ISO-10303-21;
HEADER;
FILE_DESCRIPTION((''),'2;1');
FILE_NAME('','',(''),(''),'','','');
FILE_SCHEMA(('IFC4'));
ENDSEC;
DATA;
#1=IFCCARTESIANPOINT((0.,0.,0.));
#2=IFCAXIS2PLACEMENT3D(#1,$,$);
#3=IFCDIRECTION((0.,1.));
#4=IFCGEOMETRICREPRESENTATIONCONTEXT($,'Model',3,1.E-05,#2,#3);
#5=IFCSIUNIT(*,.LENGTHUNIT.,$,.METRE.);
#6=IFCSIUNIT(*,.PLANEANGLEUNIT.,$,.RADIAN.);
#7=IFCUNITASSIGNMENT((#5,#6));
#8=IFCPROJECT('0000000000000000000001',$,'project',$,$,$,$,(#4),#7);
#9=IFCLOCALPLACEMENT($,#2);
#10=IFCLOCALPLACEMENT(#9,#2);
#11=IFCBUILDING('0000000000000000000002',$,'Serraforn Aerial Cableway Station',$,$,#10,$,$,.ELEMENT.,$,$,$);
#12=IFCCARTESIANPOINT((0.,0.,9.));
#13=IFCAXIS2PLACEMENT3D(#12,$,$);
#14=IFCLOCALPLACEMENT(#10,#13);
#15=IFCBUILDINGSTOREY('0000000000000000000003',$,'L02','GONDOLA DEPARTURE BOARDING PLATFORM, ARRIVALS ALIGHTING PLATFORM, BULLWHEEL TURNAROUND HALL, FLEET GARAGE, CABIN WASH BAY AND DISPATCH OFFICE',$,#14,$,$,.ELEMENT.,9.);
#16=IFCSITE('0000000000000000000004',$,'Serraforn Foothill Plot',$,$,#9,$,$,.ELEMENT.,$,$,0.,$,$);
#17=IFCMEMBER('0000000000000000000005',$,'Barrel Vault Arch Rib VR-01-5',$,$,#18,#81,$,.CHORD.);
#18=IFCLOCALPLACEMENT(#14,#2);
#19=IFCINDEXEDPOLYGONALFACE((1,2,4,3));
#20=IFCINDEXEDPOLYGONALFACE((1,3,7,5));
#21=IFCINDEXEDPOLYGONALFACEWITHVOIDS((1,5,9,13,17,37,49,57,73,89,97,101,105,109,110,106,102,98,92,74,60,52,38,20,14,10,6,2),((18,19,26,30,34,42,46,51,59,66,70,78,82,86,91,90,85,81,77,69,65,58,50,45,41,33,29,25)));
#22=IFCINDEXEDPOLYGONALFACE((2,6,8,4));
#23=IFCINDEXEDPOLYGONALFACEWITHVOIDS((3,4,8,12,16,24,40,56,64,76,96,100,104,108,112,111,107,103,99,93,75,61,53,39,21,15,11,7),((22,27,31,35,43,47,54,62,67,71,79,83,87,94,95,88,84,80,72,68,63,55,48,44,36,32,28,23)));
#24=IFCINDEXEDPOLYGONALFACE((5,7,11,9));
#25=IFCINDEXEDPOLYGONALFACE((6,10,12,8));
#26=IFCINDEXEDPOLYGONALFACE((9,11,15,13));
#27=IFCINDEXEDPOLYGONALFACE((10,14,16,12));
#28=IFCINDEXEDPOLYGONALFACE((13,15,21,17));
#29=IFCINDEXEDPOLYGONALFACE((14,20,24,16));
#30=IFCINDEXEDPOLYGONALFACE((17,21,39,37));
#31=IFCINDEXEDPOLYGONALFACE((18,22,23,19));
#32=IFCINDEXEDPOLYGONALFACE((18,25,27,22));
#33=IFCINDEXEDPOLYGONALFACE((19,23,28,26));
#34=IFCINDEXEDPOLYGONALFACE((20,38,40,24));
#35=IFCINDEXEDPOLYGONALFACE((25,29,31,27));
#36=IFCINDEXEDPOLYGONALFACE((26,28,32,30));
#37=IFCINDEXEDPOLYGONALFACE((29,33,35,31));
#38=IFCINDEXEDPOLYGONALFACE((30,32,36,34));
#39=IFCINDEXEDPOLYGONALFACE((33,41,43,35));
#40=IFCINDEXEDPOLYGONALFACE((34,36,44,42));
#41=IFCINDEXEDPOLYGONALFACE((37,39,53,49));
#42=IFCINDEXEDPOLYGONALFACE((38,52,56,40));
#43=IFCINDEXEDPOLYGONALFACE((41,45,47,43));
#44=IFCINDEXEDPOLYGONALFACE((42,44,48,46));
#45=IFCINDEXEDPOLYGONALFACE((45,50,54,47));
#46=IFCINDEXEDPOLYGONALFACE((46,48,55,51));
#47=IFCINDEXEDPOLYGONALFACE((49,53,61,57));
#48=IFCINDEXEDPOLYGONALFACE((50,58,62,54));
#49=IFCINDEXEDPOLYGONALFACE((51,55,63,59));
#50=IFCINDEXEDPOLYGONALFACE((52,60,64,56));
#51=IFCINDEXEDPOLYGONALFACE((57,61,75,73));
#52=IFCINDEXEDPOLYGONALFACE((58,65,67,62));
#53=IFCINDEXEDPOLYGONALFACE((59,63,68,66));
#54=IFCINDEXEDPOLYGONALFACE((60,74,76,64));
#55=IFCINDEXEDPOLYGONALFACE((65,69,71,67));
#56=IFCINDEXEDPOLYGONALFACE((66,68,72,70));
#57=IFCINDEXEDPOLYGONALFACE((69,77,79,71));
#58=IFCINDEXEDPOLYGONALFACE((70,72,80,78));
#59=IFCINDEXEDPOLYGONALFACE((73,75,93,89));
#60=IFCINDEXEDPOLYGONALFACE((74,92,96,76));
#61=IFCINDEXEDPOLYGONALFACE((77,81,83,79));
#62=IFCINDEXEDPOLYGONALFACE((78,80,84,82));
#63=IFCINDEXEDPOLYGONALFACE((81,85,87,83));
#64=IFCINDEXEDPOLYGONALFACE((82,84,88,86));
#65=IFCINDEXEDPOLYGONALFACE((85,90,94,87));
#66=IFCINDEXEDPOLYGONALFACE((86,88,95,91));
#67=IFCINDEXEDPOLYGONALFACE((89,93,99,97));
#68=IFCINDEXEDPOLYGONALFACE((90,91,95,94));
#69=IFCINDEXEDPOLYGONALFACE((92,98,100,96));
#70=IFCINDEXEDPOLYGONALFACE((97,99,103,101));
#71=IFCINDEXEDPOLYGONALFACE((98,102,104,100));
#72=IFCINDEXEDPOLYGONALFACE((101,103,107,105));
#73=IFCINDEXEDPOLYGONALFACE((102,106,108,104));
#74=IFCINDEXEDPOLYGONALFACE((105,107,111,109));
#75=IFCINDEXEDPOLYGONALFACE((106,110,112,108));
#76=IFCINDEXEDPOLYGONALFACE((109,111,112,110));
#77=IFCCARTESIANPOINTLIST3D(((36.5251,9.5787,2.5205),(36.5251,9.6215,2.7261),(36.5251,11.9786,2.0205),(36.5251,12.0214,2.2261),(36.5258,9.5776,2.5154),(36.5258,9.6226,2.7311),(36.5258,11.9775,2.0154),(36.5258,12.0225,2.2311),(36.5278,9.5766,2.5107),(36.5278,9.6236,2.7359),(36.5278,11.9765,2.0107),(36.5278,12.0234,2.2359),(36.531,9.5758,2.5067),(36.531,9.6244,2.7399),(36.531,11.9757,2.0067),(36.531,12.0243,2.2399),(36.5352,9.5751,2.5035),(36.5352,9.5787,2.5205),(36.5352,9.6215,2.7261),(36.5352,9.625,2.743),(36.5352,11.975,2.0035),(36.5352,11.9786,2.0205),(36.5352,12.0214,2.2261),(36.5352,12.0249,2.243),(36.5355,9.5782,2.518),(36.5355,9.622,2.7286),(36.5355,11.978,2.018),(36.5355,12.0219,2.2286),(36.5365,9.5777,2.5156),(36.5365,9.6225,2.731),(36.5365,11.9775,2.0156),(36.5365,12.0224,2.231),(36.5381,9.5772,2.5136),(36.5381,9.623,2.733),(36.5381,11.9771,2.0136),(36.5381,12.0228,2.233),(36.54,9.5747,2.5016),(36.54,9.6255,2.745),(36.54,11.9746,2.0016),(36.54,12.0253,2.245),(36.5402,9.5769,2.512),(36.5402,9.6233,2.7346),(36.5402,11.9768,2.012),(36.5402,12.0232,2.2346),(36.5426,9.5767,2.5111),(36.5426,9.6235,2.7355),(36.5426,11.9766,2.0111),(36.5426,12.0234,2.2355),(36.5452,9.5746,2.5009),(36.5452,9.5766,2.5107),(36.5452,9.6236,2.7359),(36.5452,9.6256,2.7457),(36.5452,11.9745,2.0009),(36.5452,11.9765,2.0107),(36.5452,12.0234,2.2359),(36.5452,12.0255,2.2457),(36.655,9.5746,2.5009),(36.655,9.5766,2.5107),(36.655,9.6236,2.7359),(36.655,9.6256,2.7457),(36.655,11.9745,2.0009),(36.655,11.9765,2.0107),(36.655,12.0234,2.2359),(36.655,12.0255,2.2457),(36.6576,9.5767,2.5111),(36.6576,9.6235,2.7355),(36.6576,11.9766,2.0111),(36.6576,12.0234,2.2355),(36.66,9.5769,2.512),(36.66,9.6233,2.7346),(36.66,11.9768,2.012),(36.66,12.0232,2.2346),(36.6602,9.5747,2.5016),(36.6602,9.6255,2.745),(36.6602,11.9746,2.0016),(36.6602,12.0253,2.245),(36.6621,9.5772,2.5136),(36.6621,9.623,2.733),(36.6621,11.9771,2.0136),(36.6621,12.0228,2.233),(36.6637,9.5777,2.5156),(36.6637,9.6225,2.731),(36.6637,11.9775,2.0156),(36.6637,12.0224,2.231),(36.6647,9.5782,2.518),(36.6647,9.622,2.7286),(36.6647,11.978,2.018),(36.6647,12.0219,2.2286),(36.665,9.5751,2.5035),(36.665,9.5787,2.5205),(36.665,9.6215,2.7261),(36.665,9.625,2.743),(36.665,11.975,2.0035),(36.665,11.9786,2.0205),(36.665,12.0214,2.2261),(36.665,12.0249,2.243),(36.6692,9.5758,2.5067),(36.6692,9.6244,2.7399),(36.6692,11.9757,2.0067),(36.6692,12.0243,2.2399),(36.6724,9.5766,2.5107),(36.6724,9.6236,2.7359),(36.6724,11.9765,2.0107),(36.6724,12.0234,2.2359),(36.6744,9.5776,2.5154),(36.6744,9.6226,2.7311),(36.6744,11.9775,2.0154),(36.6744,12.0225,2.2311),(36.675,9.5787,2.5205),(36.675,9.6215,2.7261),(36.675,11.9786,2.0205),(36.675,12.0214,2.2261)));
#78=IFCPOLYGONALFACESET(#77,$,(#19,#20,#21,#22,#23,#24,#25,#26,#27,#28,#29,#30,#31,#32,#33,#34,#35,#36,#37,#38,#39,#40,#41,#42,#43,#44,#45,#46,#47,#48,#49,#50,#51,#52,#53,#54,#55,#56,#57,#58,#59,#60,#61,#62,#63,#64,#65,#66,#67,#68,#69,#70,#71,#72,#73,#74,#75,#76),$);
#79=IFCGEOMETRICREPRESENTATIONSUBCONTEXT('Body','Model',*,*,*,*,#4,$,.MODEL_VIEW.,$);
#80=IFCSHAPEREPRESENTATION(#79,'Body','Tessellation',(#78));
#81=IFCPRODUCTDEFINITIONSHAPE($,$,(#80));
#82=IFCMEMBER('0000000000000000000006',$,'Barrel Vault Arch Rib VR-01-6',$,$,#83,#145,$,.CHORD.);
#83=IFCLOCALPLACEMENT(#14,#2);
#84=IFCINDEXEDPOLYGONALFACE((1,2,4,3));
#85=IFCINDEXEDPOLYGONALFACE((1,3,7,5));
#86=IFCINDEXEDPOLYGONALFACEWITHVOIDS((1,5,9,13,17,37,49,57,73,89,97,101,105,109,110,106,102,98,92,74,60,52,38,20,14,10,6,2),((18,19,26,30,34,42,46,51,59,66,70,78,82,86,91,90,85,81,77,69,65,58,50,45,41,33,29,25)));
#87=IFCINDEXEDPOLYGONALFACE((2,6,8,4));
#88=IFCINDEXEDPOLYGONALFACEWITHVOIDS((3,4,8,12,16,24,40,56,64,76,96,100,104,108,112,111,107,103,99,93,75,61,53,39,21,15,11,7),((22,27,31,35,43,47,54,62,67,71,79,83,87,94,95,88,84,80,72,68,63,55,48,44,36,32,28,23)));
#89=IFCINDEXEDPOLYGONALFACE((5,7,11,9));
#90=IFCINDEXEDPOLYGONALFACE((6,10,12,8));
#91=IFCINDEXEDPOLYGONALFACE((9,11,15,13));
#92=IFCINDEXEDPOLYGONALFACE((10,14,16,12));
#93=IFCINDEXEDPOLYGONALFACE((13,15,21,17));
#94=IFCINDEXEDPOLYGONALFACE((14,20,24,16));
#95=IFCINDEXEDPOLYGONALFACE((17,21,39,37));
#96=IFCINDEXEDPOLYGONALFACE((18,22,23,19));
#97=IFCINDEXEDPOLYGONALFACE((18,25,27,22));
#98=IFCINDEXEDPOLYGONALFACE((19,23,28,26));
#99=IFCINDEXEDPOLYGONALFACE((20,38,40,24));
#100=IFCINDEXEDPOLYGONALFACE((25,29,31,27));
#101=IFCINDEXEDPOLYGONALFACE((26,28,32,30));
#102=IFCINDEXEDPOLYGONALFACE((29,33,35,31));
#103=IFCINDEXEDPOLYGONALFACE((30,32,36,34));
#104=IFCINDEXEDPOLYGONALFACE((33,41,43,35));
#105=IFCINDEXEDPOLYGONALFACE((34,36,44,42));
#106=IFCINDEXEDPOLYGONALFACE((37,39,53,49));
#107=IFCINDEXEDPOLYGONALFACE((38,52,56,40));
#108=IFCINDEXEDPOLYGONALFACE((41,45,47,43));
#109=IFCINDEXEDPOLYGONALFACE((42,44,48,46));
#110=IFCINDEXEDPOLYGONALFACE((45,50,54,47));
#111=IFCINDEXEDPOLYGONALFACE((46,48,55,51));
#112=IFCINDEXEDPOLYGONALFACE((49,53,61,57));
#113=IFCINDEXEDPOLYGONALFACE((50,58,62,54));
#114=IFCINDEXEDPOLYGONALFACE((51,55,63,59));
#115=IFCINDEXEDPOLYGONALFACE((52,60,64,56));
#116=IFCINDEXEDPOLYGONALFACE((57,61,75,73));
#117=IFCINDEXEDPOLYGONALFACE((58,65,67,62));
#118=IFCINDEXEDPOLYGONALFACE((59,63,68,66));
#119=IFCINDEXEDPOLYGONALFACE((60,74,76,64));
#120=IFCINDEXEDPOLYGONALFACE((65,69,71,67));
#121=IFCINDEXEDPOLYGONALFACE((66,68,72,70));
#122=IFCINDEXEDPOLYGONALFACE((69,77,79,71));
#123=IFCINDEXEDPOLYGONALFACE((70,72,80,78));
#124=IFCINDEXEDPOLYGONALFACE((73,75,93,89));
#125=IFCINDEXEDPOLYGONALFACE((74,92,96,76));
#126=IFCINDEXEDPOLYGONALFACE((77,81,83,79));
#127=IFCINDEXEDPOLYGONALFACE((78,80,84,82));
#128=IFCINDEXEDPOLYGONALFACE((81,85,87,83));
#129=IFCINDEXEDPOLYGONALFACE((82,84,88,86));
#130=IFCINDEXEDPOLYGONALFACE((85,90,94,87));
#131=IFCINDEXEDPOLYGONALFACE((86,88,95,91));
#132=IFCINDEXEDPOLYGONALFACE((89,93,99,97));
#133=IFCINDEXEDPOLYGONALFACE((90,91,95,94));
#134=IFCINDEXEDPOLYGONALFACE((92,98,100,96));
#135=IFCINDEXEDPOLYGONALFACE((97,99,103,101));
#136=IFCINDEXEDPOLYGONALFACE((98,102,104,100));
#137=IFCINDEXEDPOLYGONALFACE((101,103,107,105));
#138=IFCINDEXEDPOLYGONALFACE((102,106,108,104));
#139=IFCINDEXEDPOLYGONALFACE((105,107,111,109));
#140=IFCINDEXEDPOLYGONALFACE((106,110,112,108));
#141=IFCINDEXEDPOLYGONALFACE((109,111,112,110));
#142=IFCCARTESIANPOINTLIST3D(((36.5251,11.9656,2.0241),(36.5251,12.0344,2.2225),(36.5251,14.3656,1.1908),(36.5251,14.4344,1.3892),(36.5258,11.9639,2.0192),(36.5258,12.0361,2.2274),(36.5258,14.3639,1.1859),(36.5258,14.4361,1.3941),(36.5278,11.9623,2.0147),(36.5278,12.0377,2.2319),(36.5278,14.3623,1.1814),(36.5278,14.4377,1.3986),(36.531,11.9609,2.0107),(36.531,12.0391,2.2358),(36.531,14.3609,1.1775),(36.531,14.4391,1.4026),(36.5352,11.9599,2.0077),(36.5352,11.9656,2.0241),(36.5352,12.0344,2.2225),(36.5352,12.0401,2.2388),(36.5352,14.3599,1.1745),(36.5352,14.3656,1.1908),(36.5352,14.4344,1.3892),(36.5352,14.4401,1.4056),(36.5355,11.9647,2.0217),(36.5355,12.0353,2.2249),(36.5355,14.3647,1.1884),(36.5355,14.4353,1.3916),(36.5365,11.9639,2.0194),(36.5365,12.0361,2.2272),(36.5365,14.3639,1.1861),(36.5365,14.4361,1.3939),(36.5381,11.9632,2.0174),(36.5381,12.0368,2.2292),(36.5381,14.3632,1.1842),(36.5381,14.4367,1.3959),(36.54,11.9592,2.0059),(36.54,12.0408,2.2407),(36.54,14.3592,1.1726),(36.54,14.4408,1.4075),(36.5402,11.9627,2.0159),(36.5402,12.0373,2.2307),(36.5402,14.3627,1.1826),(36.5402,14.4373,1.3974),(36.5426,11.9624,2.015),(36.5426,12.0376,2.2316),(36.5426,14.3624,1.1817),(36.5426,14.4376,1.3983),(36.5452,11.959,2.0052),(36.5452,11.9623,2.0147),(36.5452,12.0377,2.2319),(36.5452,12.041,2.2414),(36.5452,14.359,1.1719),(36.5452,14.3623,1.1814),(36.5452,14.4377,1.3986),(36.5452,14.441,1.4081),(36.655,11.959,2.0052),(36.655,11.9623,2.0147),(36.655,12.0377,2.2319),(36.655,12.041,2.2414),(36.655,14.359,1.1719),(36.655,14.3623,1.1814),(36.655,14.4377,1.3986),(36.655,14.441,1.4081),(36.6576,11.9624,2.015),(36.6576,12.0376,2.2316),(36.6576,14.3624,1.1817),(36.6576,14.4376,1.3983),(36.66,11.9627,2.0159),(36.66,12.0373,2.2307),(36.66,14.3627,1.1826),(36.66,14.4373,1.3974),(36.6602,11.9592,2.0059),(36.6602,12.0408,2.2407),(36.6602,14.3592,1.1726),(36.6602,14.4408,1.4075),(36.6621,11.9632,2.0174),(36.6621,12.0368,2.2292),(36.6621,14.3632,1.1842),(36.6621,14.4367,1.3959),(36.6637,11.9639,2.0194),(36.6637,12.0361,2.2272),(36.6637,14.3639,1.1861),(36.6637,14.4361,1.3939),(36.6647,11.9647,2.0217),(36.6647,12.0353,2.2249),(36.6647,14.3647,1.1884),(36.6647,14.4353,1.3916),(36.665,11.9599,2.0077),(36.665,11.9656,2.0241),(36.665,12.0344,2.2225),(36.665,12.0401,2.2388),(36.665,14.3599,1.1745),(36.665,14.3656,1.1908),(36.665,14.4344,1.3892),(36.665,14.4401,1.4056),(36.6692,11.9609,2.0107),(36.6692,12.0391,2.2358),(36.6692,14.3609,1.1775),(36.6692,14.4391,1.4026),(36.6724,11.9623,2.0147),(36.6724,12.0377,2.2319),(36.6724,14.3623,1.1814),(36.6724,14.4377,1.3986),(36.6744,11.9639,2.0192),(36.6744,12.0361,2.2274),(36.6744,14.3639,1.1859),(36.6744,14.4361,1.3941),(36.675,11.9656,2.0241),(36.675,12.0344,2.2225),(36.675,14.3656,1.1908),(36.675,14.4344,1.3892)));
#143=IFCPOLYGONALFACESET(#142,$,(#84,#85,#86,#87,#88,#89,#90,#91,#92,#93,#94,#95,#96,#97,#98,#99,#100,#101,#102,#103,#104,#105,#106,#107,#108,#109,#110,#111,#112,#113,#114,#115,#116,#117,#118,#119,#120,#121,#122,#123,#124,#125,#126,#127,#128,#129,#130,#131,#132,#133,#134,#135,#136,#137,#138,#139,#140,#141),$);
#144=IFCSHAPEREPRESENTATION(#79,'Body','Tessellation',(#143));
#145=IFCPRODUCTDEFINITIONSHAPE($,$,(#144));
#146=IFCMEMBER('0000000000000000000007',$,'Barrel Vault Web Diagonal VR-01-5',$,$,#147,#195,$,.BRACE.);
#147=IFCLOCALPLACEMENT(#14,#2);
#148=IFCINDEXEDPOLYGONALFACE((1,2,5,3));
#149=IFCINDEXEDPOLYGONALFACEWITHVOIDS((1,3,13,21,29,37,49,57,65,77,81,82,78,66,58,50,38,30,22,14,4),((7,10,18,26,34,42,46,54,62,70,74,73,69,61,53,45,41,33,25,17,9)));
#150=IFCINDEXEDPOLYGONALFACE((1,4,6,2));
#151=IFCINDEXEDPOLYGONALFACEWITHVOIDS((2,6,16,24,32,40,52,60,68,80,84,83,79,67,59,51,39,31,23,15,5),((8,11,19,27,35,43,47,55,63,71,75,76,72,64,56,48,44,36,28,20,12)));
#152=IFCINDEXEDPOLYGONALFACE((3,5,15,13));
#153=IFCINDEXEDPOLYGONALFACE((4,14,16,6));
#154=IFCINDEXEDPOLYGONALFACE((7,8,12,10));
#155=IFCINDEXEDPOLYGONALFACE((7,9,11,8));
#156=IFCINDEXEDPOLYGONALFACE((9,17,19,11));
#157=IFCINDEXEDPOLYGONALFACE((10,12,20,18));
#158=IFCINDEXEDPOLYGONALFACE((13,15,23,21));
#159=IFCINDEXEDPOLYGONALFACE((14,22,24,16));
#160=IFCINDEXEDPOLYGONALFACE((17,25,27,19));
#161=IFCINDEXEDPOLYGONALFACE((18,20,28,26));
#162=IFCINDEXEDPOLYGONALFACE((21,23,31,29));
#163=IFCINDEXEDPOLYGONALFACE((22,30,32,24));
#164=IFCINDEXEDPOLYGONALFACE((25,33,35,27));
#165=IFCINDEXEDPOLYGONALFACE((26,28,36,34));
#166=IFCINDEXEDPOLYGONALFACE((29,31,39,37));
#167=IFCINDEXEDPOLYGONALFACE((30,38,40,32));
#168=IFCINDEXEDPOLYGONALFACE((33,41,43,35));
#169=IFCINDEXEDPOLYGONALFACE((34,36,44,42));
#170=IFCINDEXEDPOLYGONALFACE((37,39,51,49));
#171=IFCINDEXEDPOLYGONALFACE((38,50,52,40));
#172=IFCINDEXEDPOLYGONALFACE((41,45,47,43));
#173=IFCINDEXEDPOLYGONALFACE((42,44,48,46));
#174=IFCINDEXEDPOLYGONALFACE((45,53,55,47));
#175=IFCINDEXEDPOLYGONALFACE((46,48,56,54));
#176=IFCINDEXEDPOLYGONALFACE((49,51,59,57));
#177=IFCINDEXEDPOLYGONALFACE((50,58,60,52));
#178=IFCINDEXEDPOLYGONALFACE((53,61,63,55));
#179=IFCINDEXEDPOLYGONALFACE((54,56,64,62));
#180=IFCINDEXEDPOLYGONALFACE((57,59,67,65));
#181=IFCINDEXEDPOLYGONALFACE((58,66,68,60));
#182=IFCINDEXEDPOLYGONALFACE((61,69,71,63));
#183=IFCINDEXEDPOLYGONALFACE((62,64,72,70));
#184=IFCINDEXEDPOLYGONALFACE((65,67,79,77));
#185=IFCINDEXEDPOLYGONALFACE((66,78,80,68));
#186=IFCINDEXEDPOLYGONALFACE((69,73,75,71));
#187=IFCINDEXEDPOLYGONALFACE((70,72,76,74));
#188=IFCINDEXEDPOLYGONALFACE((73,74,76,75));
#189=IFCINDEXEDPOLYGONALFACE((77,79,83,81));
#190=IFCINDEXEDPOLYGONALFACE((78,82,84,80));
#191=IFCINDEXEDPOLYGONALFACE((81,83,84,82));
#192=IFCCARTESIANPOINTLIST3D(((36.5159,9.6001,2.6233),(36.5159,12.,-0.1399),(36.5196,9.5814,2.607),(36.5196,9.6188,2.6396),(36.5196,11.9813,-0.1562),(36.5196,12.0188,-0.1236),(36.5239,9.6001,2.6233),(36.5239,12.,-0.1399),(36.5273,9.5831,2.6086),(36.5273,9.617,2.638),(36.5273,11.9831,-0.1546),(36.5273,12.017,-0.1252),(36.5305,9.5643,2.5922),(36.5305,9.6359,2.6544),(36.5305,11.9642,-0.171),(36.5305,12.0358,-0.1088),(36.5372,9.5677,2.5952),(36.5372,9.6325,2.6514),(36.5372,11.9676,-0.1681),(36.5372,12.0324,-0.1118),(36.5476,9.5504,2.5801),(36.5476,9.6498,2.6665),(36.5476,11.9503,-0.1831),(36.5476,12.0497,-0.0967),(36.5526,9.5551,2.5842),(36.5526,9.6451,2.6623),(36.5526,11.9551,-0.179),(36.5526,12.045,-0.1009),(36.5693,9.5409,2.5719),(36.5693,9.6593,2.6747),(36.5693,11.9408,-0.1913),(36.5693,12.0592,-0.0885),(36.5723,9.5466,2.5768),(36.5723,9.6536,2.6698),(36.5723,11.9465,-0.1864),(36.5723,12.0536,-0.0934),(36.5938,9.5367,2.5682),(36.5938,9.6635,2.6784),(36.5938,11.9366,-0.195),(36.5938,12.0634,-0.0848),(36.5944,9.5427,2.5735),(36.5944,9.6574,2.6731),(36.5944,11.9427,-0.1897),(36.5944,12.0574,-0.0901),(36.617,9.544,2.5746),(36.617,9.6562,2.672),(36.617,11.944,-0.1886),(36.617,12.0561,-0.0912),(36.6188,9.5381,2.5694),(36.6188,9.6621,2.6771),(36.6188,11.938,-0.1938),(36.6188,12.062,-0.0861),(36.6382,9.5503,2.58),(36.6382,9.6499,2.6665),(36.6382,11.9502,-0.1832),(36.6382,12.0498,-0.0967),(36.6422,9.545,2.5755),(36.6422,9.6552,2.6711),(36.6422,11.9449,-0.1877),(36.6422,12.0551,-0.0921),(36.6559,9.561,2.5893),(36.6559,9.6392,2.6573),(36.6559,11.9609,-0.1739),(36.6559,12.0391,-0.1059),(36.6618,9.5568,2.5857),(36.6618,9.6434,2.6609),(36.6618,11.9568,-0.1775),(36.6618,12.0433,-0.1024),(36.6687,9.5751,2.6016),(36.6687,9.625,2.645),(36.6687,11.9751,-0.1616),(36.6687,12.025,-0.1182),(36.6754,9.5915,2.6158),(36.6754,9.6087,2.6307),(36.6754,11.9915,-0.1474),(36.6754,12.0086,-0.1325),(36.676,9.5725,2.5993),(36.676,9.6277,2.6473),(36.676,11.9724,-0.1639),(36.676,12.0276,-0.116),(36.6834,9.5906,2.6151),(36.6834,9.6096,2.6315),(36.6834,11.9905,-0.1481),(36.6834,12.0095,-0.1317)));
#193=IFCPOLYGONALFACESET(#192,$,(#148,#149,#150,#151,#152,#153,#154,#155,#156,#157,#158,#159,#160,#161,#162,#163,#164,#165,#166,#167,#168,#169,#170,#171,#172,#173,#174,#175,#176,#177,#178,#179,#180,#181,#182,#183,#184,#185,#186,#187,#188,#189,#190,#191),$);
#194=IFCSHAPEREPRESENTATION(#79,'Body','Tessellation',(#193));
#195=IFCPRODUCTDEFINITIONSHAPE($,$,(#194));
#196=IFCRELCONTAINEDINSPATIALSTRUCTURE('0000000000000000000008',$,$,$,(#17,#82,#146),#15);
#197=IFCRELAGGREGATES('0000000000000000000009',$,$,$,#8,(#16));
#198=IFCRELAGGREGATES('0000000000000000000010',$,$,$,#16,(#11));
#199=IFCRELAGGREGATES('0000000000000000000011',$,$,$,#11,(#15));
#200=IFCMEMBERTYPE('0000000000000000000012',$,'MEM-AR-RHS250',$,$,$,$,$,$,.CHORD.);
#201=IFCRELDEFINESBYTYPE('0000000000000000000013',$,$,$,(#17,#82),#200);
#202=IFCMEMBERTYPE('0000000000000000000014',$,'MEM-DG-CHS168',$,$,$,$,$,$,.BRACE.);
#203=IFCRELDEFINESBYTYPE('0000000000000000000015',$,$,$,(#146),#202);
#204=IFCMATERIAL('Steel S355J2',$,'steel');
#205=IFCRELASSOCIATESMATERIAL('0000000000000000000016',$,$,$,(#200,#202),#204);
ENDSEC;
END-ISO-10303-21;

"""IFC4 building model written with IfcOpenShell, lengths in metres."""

from ifc_helpers import new_model, si_unit, direction, frame, origin, origin_2d, place, context, subcontext, project, spatial, hollow_rectangle, hollow_circle, extrude, material, material_profile, profile_set, type_object, element, save


model = new_model("IFC4")

# Units and contexts
model_context = context("Model", 3, precision=1e-05, world=origin(), true_north=direction((0.0, 1.0)))
body_context = subcontext(model_context, "Body", "Model", "MODEL_VIEW")
ifc_project = project(units=[si_unit("LENGTHUNIT", "METRE"), si_unit("PLANEANGLEUNIT", "RADIAN")], contexts=[model_context])

# Site, building, storey
site_placement = place(None, origin())
site = spatial("IfcSite", under=ifc_project, at=site_placement, Name="Serraforn Foothill Plot", CompositionType="ELEMENT", RefElevation=0.0)
building_placement = place(site_placement, origin())
building = spatial("IfcBuilding", under=site, at=building_placement, Name="Serraforn Aerial Cableway Station", CompositionType="ELEMENT")
storey_placement = place(building_placement, frame((0.0, 0.0, 9.0)))
storey = spatial("IfcBuildingStorey", under=building, at=storey_placement, Name="L02", Description="GONDOLA DEPARTURE BOARDING PLATFORM, ARRIVALS ALIGHTING PLATFORM, BULLWHEEL TURNAROUND HALL, FLEET GARAGE, CABIN WASH BAY AND DISPATCH OFFICE", CompositionType="ELEMENT", Elevation=9.0)

# Shared definitions
ifc_material_1 = material(Name="Steel S355J2", Category="steel")

# Members
ifc_material_profile_1 = material_profile(ifc_material_1, hollow_rectangle(XDim=0.1499, YDim=0.25, WallThickness=0.01, InnerFilletRadius=0.01, OuterFilletRadius=0.02, at=origin_2d()), Name="RHS 250x150x10.0")
ifc_profile_set_1 = profile_set([ifc_material_profile_1], Name="Steel S355J2")
member_type_1 = type_object("IfcMemberType", Name="MEM-AR-RHS250", PredefinedType="CHORD", material=ifc_profile_set_1)
member_1_placement = place(storey_placement, frame((36.6001, 9.6001, 2.6233), z_axis=(0.0, 0.978979, -0.203962), x_axis=(-1.0, 0.0, 0.0)))
element("IfcMember", 1, at=member_1_placement, inside=storey, type_object=member_type_1, Name="Barrel Vault Arch Rib VR-01-5", PredefinedType="CHORD", context=body_context, shape_type="SweptSolid", body=[
    extrude(hollow_rectangle(XDim=0.1499, YDim=0.25, WallThickness=0.01, InnerFilletRadius=0.01, OuterFilletRadius=0.02, at=origin_2d()), origin(), (0.0, 0.0, 1.0), 2.4514),
])
member_2_placement = place(storey_placement, frame((36.6001, 12.0, 2.1233), z_axis=(0.0, 0.944679, -0.327995), x_axis=(-1.0, 0.0, 0.0)))
element("IfcMember", 2, at=member_2_placement, inside=storey, type_object=member_type_1, Name="Barrel Vault Arch Rib VR-01-6", PredefinedType="CHORD", context=body_context, shape_type="SweptSolid", body=[
    extrude(hollow_rectangle(XDim=0.1499, YDim=0.25, WallThickness=0.01, InnerFilletRadius=0.01, OuterFilletRadius=0.02, at=origin_2d()), origin(), (0.0, 0.0, 1.0), 2.5405),
])
ifc_material_profile_2 = material_profile(ifc_material_1, hollow_circle(Radius=0.0842, WallThickness=0.0081, at=origin_2d()), Name="CHS 168.3x8.0")
ifc_profile_set_2 = profile_set([ifc_material_profile_2], Name="Steel S355J2")
member_type_2 = type_object("IfcMemberType", Name="MEM-DG-CHS168", PredefinedType="BRACE", material=ifc_profile_set_2)
member_3_placement = place(storey_placement, frame((36.6001, 9.6001, 2.6233), z_axis=(0.0, 0.655733, -0.754993), x_axis=(-1.0, 0.0, 0.0)))
element("IfcMember", 3, at=member_3_placement, inside=storey, type_object=member_type_2, Name="Barrel Vault Web Diagonal VR-01-5", PredefinedType="BRACE", context=body_context, shape_type="SweptSolid", body=[
    extrude(hollow_circle(Radius=0.0842, WallThickness=0.0081, at=origin_2d()), origin(), (0.0, 0.0, 1.0), 3.6599),
])

save(model, "model.ifc")
